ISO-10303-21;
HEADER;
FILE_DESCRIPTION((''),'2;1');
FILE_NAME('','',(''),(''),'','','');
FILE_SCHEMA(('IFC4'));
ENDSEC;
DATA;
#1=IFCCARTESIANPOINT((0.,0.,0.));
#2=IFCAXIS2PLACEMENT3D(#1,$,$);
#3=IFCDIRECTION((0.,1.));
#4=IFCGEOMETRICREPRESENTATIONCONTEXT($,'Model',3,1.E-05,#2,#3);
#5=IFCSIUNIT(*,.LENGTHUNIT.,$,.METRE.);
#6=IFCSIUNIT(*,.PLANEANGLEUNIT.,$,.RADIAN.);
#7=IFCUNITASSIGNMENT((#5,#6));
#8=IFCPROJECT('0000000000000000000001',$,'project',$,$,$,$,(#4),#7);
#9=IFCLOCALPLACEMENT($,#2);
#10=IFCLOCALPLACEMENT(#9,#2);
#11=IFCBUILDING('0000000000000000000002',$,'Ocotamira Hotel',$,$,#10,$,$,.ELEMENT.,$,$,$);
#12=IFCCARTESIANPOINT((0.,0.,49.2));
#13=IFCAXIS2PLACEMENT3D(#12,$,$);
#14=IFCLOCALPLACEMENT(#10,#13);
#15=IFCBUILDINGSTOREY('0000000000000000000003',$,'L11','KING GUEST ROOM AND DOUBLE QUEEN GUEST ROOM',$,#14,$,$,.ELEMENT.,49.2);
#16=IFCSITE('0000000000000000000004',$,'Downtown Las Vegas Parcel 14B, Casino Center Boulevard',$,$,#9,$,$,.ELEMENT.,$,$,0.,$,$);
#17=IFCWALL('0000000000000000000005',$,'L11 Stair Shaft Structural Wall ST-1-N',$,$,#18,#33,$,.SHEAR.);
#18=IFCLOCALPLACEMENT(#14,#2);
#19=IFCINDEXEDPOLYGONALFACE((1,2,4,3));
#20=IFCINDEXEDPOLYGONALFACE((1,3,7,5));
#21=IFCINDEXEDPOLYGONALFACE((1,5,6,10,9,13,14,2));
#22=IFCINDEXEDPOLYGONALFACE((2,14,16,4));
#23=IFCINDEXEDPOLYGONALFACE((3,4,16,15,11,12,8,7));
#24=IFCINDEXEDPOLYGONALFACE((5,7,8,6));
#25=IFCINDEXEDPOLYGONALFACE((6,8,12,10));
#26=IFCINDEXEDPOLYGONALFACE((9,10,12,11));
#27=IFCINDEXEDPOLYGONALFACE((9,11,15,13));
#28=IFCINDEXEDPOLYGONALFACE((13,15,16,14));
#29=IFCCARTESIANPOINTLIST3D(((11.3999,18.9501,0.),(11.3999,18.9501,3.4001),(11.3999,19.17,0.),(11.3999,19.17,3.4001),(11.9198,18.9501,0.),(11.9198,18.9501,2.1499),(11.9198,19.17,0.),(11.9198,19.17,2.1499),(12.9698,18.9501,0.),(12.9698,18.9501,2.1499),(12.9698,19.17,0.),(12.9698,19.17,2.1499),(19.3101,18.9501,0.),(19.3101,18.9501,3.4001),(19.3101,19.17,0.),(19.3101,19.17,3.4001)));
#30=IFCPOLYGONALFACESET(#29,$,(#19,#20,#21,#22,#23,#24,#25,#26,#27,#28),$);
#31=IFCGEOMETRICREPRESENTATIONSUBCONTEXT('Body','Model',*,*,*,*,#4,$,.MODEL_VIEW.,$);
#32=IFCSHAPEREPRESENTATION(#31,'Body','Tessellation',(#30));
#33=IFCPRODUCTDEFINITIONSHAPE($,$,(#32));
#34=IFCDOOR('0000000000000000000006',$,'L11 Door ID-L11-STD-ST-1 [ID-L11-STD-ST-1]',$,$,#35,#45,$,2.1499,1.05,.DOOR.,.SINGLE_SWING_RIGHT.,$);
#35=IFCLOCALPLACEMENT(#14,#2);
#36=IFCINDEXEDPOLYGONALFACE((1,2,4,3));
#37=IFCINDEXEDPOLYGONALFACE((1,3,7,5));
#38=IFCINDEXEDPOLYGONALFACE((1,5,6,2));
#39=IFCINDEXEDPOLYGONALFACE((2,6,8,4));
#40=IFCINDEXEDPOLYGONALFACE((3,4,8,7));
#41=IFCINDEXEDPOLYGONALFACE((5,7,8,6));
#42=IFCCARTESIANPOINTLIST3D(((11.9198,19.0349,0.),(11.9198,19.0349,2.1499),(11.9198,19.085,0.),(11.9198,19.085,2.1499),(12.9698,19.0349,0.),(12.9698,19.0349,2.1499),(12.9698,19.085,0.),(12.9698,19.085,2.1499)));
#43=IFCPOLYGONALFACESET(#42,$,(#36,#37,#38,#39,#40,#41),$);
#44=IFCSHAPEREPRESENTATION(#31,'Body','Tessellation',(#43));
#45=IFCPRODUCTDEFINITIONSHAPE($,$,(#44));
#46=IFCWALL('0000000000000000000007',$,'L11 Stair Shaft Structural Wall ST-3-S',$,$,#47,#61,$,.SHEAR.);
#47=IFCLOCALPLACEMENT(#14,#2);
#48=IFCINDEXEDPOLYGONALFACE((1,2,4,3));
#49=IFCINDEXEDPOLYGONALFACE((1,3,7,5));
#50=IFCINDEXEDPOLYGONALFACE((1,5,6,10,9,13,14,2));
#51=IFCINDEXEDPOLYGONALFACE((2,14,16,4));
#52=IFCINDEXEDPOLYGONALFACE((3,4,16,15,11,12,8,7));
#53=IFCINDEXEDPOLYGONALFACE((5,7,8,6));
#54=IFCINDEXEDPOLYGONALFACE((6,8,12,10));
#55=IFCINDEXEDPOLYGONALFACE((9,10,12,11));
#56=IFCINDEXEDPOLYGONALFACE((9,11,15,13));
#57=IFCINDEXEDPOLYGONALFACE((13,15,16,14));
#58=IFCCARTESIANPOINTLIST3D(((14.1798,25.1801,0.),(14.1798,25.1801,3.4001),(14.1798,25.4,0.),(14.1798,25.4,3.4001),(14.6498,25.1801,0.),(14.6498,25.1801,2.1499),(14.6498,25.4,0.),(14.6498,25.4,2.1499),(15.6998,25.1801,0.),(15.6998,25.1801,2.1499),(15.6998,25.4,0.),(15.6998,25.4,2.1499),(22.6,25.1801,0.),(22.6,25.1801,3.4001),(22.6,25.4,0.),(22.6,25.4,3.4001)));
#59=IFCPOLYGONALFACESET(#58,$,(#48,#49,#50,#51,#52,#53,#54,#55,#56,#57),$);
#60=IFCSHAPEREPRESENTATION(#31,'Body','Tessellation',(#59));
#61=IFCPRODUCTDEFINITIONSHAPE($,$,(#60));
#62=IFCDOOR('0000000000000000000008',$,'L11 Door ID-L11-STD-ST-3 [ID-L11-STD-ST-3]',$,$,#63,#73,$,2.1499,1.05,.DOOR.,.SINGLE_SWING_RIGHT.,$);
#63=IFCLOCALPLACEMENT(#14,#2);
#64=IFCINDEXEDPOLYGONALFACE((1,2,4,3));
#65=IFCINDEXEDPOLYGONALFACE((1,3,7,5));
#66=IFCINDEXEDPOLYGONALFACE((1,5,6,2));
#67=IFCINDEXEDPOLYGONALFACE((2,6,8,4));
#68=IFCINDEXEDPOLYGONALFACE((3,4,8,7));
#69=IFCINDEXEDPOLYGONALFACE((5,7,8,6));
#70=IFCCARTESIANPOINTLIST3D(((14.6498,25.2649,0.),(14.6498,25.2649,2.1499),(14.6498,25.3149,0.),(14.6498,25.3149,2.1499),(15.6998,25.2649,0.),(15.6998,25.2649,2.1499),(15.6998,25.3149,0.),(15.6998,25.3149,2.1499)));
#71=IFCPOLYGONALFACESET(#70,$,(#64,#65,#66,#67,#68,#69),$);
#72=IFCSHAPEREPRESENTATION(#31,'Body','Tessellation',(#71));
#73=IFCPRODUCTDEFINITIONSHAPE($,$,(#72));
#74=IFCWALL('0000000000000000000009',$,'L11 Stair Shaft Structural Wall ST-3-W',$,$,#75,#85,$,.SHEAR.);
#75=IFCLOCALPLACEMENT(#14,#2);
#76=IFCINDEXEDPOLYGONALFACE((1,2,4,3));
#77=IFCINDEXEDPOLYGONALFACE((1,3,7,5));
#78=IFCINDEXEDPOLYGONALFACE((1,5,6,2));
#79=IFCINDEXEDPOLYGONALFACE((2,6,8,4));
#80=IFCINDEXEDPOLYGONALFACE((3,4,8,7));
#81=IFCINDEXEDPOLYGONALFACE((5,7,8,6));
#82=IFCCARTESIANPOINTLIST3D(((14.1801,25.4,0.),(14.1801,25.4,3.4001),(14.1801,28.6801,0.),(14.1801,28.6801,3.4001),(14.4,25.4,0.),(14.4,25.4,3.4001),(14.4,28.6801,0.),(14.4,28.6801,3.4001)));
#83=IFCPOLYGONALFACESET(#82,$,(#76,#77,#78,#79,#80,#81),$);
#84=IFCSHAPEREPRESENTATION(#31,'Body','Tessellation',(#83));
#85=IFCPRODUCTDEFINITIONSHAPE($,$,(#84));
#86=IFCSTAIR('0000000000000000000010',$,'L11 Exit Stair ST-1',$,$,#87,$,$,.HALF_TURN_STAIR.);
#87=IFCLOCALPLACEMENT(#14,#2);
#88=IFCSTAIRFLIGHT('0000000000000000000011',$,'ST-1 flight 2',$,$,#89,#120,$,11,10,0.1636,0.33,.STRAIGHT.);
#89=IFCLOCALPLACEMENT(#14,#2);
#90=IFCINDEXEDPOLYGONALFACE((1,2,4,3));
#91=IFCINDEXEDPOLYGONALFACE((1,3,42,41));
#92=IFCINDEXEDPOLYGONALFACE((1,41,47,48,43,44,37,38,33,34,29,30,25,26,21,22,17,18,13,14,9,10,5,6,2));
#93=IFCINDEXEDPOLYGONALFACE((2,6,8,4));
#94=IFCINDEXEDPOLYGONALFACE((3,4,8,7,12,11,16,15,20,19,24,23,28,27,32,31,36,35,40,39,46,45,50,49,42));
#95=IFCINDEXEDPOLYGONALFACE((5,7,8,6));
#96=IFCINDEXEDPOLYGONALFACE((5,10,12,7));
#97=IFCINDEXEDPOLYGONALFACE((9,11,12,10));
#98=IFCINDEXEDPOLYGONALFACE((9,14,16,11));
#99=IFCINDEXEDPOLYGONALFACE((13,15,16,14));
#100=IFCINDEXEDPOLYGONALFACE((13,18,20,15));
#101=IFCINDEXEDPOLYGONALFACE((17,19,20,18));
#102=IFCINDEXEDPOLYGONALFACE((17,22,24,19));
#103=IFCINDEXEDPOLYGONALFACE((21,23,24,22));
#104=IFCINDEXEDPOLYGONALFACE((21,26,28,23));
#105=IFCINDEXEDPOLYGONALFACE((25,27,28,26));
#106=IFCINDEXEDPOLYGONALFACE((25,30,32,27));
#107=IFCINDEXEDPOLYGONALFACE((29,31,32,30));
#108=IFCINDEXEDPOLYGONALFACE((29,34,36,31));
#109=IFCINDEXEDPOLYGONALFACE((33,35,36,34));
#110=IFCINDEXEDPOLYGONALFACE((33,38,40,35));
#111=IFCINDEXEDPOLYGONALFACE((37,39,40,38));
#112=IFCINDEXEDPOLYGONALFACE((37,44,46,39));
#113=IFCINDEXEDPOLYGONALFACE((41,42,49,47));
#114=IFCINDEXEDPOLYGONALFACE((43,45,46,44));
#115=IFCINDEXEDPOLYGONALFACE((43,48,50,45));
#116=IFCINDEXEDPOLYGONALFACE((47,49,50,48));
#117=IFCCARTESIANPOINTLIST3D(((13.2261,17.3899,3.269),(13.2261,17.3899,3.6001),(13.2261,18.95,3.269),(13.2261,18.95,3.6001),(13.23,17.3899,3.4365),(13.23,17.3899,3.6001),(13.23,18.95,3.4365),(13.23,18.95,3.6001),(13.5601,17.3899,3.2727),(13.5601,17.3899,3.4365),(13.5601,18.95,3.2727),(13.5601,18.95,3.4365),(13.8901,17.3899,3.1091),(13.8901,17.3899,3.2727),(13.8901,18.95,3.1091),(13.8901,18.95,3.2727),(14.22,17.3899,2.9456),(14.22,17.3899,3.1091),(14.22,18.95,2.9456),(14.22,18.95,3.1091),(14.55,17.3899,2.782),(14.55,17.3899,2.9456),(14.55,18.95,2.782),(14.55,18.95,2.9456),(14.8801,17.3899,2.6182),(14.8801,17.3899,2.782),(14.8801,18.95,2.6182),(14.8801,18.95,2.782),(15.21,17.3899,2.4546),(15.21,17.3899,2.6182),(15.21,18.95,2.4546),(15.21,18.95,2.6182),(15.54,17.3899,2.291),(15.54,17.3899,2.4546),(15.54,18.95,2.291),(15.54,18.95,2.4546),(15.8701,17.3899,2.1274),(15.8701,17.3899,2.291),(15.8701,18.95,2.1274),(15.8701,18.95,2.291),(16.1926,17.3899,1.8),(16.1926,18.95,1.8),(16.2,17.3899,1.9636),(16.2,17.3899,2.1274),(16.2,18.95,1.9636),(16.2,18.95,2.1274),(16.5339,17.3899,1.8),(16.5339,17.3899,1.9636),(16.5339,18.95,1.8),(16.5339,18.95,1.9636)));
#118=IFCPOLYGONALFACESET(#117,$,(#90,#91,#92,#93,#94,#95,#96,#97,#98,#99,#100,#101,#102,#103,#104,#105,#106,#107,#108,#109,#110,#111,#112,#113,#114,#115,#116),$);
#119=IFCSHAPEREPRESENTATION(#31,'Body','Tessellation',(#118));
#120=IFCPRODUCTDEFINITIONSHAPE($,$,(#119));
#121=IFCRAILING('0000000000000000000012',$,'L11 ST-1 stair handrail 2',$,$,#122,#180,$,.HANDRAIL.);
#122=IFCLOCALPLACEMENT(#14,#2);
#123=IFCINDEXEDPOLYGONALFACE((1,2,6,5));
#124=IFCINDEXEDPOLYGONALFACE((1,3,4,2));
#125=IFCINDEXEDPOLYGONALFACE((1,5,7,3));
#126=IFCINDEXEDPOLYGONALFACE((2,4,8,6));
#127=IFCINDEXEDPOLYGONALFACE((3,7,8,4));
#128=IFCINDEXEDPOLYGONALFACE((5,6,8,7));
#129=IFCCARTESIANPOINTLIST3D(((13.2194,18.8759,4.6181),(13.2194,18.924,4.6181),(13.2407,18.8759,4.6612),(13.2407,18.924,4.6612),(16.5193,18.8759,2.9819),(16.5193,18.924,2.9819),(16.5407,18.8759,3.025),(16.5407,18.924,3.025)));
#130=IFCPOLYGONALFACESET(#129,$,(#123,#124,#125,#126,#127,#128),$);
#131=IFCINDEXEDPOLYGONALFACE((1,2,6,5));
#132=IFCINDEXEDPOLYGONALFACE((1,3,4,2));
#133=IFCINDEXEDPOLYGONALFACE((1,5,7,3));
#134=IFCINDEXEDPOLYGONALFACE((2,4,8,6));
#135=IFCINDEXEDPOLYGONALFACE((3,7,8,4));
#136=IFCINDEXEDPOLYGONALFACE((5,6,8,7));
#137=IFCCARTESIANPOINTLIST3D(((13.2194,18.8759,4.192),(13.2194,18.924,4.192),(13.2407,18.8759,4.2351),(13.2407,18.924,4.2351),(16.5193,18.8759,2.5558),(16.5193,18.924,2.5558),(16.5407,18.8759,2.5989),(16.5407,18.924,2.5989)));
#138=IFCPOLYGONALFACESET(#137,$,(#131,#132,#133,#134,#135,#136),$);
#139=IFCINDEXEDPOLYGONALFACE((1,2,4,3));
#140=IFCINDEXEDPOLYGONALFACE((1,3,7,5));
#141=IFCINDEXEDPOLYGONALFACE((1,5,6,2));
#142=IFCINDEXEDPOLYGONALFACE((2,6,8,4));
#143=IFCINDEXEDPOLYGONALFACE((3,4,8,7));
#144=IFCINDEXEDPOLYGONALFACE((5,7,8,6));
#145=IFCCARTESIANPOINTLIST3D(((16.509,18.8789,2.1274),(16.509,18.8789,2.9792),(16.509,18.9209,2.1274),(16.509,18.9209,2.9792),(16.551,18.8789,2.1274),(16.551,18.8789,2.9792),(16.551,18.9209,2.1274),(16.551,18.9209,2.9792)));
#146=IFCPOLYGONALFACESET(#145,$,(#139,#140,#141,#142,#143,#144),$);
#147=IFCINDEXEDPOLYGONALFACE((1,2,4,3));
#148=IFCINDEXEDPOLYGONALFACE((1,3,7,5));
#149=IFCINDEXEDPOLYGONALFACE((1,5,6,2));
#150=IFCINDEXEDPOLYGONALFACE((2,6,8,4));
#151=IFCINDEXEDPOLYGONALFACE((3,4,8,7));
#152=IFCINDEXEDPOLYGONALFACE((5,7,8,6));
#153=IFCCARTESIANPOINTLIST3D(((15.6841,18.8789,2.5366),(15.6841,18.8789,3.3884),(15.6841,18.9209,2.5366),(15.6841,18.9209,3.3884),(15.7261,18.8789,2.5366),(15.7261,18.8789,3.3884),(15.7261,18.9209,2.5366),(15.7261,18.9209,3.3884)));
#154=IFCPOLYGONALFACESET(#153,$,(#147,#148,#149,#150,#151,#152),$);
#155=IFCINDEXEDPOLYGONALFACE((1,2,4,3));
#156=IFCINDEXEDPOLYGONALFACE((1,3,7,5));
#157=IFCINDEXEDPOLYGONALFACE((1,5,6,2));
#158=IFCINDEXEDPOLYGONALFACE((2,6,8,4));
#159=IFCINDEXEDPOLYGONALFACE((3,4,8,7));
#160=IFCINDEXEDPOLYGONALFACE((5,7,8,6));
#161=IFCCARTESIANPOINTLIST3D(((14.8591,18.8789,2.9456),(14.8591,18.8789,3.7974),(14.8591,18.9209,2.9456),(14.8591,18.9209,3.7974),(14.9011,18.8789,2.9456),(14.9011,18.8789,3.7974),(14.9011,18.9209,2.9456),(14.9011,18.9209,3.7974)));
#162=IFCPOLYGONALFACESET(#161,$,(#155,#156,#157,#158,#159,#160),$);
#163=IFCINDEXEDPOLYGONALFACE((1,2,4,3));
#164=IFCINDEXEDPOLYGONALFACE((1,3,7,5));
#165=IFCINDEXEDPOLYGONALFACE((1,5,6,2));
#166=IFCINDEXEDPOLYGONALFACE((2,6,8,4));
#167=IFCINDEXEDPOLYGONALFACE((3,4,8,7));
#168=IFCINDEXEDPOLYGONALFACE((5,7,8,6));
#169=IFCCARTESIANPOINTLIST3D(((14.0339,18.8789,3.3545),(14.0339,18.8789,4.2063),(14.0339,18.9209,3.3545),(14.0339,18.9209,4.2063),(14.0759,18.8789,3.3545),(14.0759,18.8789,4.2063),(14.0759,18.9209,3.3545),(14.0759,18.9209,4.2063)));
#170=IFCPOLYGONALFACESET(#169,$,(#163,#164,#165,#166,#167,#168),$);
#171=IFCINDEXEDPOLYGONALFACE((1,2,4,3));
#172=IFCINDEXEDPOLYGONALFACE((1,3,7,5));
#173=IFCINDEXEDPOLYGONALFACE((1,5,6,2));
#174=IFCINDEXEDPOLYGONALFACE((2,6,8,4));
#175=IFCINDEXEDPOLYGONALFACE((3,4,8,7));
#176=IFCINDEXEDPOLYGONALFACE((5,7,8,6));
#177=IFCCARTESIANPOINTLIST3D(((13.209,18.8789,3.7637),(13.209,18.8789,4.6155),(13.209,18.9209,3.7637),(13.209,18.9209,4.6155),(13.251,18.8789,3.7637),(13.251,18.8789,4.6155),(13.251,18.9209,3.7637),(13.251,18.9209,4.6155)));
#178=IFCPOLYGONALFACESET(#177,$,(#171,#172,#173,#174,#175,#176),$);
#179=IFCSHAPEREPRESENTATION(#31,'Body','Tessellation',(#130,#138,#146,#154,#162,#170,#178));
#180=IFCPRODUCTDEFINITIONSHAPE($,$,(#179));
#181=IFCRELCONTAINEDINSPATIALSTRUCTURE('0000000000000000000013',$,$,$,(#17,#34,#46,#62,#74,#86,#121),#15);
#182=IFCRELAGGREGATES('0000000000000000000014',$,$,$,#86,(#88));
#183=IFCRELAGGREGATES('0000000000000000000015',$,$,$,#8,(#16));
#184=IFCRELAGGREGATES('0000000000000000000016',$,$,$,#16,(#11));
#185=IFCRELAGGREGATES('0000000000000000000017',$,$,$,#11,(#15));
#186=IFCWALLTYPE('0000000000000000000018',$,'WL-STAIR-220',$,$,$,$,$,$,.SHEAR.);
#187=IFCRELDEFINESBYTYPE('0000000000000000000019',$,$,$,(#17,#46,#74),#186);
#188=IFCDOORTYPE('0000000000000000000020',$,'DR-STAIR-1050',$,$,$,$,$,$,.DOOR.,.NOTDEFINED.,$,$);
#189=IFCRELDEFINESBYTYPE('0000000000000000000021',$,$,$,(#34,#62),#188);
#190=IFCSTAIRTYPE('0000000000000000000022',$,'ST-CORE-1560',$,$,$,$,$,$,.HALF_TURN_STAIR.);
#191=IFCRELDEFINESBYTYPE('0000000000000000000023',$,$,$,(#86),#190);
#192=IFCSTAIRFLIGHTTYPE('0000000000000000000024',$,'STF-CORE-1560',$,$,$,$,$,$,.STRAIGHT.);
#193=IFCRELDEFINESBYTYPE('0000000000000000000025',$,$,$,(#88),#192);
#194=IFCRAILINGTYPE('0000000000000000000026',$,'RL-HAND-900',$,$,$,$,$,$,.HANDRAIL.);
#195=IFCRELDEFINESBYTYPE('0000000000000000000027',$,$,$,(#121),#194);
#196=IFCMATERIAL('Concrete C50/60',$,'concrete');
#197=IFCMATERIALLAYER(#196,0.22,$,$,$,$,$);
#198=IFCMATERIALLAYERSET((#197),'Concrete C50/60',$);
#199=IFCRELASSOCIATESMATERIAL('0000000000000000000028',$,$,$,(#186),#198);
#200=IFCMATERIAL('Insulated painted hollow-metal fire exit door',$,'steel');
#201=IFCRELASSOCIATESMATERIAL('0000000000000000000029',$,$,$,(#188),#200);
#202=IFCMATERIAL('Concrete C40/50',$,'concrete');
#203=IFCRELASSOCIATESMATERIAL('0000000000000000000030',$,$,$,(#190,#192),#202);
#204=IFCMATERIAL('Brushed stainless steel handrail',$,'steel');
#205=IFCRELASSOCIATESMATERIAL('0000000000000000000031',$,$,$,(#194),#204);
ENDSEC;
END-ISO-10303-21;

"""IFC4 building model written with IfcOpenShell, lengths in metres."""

from ifc_helpers import new_model, si_unit, direction, frame, frame_2d, origin, origin_2d, place, context, subcontext, project, spatial, polyline, rectangle, outline, extrude, source, transform, mapped, material, layer, layer_set, type_object, element, fill, aggregate, save


model = new_model("IFC4")

# Units and contexts
model_context = context("Model", 3, precision=1e-05, world=origin(), true_north=direction((0.0, 1.0)))
body_context = subcontext(model_context, "Body", "Model", "MODEL_VIEW")
ifc_project = project(units=[si_unit("LENGTHUNIT", "METRE"), si_unit("PLANEANGLEUNIT", "RADIAN")], contexts=[model_context])

# Site, building, storey
site_placement = place(None, origin())
site = spatial("IfcSite", under=ifc_project, at=site_placement, Name="Downtown Las Vegas Parcel 14B, Casino Center Boulevard", CompositionType="ELEMENT", RefElevation=0.0)
building_placement = place(site_placement, origin())
building = spatial("IfcBuilding", under=site, at=building_placement, Name="Ocotamira Hotel", CompositionType="ELEMENT")
storey_placement = place(building_placement, frame((0.0, 0.0, 49.2)))
storey = spatial("IfcBuildingStorey", under=building, at=storey_placement, Name="L11", Description="KING GUEST ROOM AND DOUBLE QUEEN GUEST ROOM", CompositionType="ELEMENT", Elevation=49.2)

# Walls, openings, doors
ifc_material_1 = material(Name="Concrete C50/60", Category="concrete")
ifc_layer_1 = layer(ifc_material_1, 0.22)
ifc_layer_set_1 = layer_set([ifc_layer_1], Name="Concrete C50/60")
wall_type_1 = type_object("IfcWallType", Name="WL-STAIR-220", PredefinedType="SHEAR", material=ifc_layer_set_1)
wall_1_placement = place(storey_placement, frame((11.3999, 19.0601, 0.0), z_axis=(0.0, 0.0, 1.0), x_axis=(1.0, 0.0, 0.0)))
wall_1 = element("IfcWall", 1, at=wall_1_placement, inside=storey, type_object=wall_type_1, Name="L11 Stair Shaft Structural Wall ST-1-N", PredefinedType="SHEAR", context=body_context, shape_type="SweptSolid", body=[
    extrude(rectangle(XDim=7.9102, YDim=0.22, at=frame_2d((3.9551, 0.0))), origin(), (0.0, 0.0, 1.0), 3.4001),
])
opening_1_placement = place(wall_1_placement, frame((0.52, 0.0, 0.0)))
opening_1 = element("IfcOpeningElement", 2, at=opening_1_placement, cuts=wall_1, PredefinedType="OPENING", context=body_context, shape_type="SweptSolid", body=[
    extrude(rectangle(XDim=1.05, YDim=2.1499, at=frame_2d((0.5249, 1.075))), frame((0.0, 0.1201, 0.0), z_axis=(0.0, -1.0, 0.0), x_axis=(1.0, 0.0, 0.0)), (0.0, 0.0, 1.0), 0.24),
])
ifc_material_2 = material(Name="Insulated painted hollow-metal fire exit door", Category="steel")
door_type_1 = type_object("IfcDoorType", Name="DR-STAIR-1050", OperationType="NOTDEFINED", PredefinedType="DOOR", material=ifc_material_2)
shared_shape_1 = source(origin(), body_context, "Body", "SweptSolid", [
    extrude(rectangle(XDim=1.05, YDim=2.1499, at=frame_2d((0.5249, 1.075))), frame((0.0, 0.0249, 0.0), z_axis=(0.0, -1.0, 0.0), x_axis=(1.0, 0.0, 0.0)), (0.0, 0.0, 1.0), 0.05),
])
door_1_placement = place(opening_1_placement, origin())
door_1 = element("IfcDoor", 3, at=door_1_placement, inside=storey, type_object=door_type_1, Name="L11 Door ID-L11-STD-ST-1 [ID-L11-STD-ST-1]", OperationType="SINGLE_SWING_RIGHT", OverallHeight=2.1499, OverallWidth=1.05, PredefinedType="DOOR", context=body_context, shape_type="MappedRepresentation", body=[
    mapped(shared_shape_1, transform((0.0, 0.0, 0.0), scale=1.0)),
])
fill(opening_1, door_1)
wall_2_placement = place(storey_placement, frame((14.1799, 25.29, 0.0), z_axis=(0.0, 0.0, 1.0), x_axis=(1.0, 0.0, 0.0)))
wall_2 = element("IfcWall", 4, at=wall_2_placement, inside=storey, type_object=wall_type_1, Name="L11 Stair Shaft Structural Wall ST-3-S", PredefinedType="SHEAR", context=body_context, shape_type="SweptSolid", body=[
    extrude(rectangle(XDim=8.4202, YDim=0.22, at=frame_2d((4.21, 0.0))), origin(), (0.0, 0.0, 1.0), 3.4001),
])
opening_2_placement = place(wall_2_placement, frame((0.47, 0.0, 0.0)))
opening_2 = element("IfcOpeningElement", 5, at=opening_2_placement, cuts=wall_2, PredefinedType="OPENING", context=body_context, shape_type="SweptSolid", body=[
    extrude(rectangle(XDim=1.05, YDim=2.1499, at=frame_2d((0.5249, 1.075))), frame((0.0, 0.1201, 0.0), z_axis=(0.0, -1.0, 0.0), x_axis=(1.0, 0.0, 0.0)), (0.0, 0.0, 1.0), 0.24),
])
door_2_placement = place(opening_2_placement, origin())
door_2 = element("IfcDoor", 6, at=door_2_placement, inside=storey, type_object=door_type_1, Name="L11 Door ID-L11-STD-ST-3 [ID-L11-STD-ST-3]", OperationType="SINGLE_SWING_RIGHT", OverallHeight=2.1499, OverallWidth=1.05, PredefinedType="DOOR", context=body_context, shape_type="MappedRepresentation", body=[
    mapped(shared_shape_1, transform((0.0, 0.0, 0.0), scale=1.0)),
])
fill(opening_2, door_2)

# Wall
wall_3_placement = place(storey_placement, frame((14.29, 25.3999, 0.0), z_axis=(0.0, 0.0, 1.0), x_axis=(0.0, 1.0, 0.0)))
element("IfcWall", 7, at=wall_3_placement, inside=storey, type_object=wall_type_1, Name="L11 Stair Shaft Structural Wall ST-3-W", PredefinedType="SHEAR", context=body_context, shape_type="SweptSolid", body=[
    extrude(rectangle(XDim=3.28, YDim=0.22, at=frame_2d((1.6401, 0.0))), origin(), (0.0, 0.0, 1.0), 3.4001),
])

# Stair, stair flight
ifc_material_3 = material(Name="Concrete C40/50", Category="concrete")
stair_type = type_object("IfcStairType", Name="ST-CORE-1560", PredefinedType="HALF_TURN_STAIR", material=ifc_material_3)
stair_placement = place(storey_placement, origin())
stair = element("IfcStair", 8, at=stair_placement, inside=storey, type_object=stair_type, Name="L11 Exit Stair ST-1", PredefinedType="HALF_TURN_STAIR")
stair_flight_type = type_object("IfcStairFlightType", Name="STF-CORE-1560", PredefinedType="STRAIGHT", material=ifc_material_3)
shared_shape_2 = source(origin(), body_context, "Body", "SweptSolid", [
    extrude(outline(polyline([(-0.0039, 0.0), (-0.0039, 0.1636), (0.3301, 0.1636), (0.3301, 0.3274), (0.6599, 0.3274), (0.6599, 0.491), (0.99, 0.491), (0.99, 0.6545), (1.3201, 0.6545), (1.3201, 0.8181), (1.6499, 0.8181), (1.6499, 0.9819), (1.98, 0.9819), (1.98, 1.1455), (2.3101, 1.1455), (2.3101, 1.3091), (2.6399, 1.3091), (2.6399, 1.4727), (2.97, 1.4727), (2.97, 1.6365), (3.3, 1.6365), (3.3, 1.8), (3.304, 1.8), (3.304, 1.469), (0.3374, 0.0), (-0.0039, 0.0)])), frame((0.0, 0.78, 0.0), z_axis=(0.0, -1.0, 0.0), x_axis=(1.0, 0.0, 0.0)), (0.0, 0.0, 1.0), 1.5601),
])
stair_flight_placement = place(storey_placement, frame((16.53, 18.1699, 1.8), z_axis=(0.0, 0.0, 1.0), x_axis=(-1.0, 0.0, 0.0)))
stair_flight = element("IfcStairFlight", 9, at=stair_flight_placement, type_object=stair_flight_type, Name="ST-1 flight 2", NumberOfRisers=11, NumberOfTreads=10, PredefinedType="STRAIGHT", RiserHeight=0.1636, TreadLength=0.33, context=body_context, shape_type="MappedRepresentation", body=[
    mapped(shared_shape_2, transform((0.0, 0.0, 0.0), scale=1.0)),
])
aggregate(stair, [stair_flight])

# Railing
ifc_material_4 = material(Name="Brushed stainless steel handrail", Category="steel")
railing_type_1 = type_object("IfcRailingType", Name="RL-HAND-900", PredefinedType="HANDRAIL", material=ifc_material_4)
railing_1_placement = place(storey_placement, frame((16.53, 18.8999, 2.1274)))
element("IfcRailing", 10, at=railing_1_placement, inside=storey, type_object=railing_type_1, Name="L11 ST-1 stair handrail 2", PredefinedType="HANDRAIL", context=body_context, shape_type="SweptSolid", body=[
    extrude(rectangle(XDim=0.0481, YDim=0.0481, at=origin_2d()), frame((0.0, 0.0, 0.876), z_axis=(-0.89592, 0.0, 0.444215), x_axis=(0.0, -1.0, 0.0)), (0.0, 0.0, 1.0), 3.6833),
    extrude(rectangle(XDim=0.0481, YDim=0.0481, at=origin_2d()), frame((0.0, 0.0, 0.45), z_axis=(-0.89592, 0.0, 0.444215), x_axis=(0.0, -1.0, 0.0)), (0.0, 0.0, 1.0), 3.6833),
    extrude(rectangle(XDim=0.042, YDim=0.042, at=origin_2d()), origin(), (0.0, 0.0, 1.0), 0.8518),
    extrude(rectangle(XDim=0.042, YDim=0.042, at=origin_2d()), frame((-0.825, 0.0, 0.4092)), (0.0, 0.0, 1.0), 0.8518),
    extrude(rectangle(XDim=0.042, YDim=0.042, at=origin_2d()), frame((-1.6499, 0.0, 0.8181)), (0.0, 0.0, 1.0), 0.8518),
    extrude(rectangle(XDim=0.042, YDim=0.042, at=origin_2d()), frame((-2.4751, 0.0, 1.2271)), (0.0, 0.0, 1.0), 0.8518),
    extrude(rectangle(XDim=0.042, YDim=0.042, at=origin_2d()), frame((-3.3, 0.0, 1.6362)), (0.0, 0.0, 1.0), 0.8518),
])

save(model, "model.ifc")
